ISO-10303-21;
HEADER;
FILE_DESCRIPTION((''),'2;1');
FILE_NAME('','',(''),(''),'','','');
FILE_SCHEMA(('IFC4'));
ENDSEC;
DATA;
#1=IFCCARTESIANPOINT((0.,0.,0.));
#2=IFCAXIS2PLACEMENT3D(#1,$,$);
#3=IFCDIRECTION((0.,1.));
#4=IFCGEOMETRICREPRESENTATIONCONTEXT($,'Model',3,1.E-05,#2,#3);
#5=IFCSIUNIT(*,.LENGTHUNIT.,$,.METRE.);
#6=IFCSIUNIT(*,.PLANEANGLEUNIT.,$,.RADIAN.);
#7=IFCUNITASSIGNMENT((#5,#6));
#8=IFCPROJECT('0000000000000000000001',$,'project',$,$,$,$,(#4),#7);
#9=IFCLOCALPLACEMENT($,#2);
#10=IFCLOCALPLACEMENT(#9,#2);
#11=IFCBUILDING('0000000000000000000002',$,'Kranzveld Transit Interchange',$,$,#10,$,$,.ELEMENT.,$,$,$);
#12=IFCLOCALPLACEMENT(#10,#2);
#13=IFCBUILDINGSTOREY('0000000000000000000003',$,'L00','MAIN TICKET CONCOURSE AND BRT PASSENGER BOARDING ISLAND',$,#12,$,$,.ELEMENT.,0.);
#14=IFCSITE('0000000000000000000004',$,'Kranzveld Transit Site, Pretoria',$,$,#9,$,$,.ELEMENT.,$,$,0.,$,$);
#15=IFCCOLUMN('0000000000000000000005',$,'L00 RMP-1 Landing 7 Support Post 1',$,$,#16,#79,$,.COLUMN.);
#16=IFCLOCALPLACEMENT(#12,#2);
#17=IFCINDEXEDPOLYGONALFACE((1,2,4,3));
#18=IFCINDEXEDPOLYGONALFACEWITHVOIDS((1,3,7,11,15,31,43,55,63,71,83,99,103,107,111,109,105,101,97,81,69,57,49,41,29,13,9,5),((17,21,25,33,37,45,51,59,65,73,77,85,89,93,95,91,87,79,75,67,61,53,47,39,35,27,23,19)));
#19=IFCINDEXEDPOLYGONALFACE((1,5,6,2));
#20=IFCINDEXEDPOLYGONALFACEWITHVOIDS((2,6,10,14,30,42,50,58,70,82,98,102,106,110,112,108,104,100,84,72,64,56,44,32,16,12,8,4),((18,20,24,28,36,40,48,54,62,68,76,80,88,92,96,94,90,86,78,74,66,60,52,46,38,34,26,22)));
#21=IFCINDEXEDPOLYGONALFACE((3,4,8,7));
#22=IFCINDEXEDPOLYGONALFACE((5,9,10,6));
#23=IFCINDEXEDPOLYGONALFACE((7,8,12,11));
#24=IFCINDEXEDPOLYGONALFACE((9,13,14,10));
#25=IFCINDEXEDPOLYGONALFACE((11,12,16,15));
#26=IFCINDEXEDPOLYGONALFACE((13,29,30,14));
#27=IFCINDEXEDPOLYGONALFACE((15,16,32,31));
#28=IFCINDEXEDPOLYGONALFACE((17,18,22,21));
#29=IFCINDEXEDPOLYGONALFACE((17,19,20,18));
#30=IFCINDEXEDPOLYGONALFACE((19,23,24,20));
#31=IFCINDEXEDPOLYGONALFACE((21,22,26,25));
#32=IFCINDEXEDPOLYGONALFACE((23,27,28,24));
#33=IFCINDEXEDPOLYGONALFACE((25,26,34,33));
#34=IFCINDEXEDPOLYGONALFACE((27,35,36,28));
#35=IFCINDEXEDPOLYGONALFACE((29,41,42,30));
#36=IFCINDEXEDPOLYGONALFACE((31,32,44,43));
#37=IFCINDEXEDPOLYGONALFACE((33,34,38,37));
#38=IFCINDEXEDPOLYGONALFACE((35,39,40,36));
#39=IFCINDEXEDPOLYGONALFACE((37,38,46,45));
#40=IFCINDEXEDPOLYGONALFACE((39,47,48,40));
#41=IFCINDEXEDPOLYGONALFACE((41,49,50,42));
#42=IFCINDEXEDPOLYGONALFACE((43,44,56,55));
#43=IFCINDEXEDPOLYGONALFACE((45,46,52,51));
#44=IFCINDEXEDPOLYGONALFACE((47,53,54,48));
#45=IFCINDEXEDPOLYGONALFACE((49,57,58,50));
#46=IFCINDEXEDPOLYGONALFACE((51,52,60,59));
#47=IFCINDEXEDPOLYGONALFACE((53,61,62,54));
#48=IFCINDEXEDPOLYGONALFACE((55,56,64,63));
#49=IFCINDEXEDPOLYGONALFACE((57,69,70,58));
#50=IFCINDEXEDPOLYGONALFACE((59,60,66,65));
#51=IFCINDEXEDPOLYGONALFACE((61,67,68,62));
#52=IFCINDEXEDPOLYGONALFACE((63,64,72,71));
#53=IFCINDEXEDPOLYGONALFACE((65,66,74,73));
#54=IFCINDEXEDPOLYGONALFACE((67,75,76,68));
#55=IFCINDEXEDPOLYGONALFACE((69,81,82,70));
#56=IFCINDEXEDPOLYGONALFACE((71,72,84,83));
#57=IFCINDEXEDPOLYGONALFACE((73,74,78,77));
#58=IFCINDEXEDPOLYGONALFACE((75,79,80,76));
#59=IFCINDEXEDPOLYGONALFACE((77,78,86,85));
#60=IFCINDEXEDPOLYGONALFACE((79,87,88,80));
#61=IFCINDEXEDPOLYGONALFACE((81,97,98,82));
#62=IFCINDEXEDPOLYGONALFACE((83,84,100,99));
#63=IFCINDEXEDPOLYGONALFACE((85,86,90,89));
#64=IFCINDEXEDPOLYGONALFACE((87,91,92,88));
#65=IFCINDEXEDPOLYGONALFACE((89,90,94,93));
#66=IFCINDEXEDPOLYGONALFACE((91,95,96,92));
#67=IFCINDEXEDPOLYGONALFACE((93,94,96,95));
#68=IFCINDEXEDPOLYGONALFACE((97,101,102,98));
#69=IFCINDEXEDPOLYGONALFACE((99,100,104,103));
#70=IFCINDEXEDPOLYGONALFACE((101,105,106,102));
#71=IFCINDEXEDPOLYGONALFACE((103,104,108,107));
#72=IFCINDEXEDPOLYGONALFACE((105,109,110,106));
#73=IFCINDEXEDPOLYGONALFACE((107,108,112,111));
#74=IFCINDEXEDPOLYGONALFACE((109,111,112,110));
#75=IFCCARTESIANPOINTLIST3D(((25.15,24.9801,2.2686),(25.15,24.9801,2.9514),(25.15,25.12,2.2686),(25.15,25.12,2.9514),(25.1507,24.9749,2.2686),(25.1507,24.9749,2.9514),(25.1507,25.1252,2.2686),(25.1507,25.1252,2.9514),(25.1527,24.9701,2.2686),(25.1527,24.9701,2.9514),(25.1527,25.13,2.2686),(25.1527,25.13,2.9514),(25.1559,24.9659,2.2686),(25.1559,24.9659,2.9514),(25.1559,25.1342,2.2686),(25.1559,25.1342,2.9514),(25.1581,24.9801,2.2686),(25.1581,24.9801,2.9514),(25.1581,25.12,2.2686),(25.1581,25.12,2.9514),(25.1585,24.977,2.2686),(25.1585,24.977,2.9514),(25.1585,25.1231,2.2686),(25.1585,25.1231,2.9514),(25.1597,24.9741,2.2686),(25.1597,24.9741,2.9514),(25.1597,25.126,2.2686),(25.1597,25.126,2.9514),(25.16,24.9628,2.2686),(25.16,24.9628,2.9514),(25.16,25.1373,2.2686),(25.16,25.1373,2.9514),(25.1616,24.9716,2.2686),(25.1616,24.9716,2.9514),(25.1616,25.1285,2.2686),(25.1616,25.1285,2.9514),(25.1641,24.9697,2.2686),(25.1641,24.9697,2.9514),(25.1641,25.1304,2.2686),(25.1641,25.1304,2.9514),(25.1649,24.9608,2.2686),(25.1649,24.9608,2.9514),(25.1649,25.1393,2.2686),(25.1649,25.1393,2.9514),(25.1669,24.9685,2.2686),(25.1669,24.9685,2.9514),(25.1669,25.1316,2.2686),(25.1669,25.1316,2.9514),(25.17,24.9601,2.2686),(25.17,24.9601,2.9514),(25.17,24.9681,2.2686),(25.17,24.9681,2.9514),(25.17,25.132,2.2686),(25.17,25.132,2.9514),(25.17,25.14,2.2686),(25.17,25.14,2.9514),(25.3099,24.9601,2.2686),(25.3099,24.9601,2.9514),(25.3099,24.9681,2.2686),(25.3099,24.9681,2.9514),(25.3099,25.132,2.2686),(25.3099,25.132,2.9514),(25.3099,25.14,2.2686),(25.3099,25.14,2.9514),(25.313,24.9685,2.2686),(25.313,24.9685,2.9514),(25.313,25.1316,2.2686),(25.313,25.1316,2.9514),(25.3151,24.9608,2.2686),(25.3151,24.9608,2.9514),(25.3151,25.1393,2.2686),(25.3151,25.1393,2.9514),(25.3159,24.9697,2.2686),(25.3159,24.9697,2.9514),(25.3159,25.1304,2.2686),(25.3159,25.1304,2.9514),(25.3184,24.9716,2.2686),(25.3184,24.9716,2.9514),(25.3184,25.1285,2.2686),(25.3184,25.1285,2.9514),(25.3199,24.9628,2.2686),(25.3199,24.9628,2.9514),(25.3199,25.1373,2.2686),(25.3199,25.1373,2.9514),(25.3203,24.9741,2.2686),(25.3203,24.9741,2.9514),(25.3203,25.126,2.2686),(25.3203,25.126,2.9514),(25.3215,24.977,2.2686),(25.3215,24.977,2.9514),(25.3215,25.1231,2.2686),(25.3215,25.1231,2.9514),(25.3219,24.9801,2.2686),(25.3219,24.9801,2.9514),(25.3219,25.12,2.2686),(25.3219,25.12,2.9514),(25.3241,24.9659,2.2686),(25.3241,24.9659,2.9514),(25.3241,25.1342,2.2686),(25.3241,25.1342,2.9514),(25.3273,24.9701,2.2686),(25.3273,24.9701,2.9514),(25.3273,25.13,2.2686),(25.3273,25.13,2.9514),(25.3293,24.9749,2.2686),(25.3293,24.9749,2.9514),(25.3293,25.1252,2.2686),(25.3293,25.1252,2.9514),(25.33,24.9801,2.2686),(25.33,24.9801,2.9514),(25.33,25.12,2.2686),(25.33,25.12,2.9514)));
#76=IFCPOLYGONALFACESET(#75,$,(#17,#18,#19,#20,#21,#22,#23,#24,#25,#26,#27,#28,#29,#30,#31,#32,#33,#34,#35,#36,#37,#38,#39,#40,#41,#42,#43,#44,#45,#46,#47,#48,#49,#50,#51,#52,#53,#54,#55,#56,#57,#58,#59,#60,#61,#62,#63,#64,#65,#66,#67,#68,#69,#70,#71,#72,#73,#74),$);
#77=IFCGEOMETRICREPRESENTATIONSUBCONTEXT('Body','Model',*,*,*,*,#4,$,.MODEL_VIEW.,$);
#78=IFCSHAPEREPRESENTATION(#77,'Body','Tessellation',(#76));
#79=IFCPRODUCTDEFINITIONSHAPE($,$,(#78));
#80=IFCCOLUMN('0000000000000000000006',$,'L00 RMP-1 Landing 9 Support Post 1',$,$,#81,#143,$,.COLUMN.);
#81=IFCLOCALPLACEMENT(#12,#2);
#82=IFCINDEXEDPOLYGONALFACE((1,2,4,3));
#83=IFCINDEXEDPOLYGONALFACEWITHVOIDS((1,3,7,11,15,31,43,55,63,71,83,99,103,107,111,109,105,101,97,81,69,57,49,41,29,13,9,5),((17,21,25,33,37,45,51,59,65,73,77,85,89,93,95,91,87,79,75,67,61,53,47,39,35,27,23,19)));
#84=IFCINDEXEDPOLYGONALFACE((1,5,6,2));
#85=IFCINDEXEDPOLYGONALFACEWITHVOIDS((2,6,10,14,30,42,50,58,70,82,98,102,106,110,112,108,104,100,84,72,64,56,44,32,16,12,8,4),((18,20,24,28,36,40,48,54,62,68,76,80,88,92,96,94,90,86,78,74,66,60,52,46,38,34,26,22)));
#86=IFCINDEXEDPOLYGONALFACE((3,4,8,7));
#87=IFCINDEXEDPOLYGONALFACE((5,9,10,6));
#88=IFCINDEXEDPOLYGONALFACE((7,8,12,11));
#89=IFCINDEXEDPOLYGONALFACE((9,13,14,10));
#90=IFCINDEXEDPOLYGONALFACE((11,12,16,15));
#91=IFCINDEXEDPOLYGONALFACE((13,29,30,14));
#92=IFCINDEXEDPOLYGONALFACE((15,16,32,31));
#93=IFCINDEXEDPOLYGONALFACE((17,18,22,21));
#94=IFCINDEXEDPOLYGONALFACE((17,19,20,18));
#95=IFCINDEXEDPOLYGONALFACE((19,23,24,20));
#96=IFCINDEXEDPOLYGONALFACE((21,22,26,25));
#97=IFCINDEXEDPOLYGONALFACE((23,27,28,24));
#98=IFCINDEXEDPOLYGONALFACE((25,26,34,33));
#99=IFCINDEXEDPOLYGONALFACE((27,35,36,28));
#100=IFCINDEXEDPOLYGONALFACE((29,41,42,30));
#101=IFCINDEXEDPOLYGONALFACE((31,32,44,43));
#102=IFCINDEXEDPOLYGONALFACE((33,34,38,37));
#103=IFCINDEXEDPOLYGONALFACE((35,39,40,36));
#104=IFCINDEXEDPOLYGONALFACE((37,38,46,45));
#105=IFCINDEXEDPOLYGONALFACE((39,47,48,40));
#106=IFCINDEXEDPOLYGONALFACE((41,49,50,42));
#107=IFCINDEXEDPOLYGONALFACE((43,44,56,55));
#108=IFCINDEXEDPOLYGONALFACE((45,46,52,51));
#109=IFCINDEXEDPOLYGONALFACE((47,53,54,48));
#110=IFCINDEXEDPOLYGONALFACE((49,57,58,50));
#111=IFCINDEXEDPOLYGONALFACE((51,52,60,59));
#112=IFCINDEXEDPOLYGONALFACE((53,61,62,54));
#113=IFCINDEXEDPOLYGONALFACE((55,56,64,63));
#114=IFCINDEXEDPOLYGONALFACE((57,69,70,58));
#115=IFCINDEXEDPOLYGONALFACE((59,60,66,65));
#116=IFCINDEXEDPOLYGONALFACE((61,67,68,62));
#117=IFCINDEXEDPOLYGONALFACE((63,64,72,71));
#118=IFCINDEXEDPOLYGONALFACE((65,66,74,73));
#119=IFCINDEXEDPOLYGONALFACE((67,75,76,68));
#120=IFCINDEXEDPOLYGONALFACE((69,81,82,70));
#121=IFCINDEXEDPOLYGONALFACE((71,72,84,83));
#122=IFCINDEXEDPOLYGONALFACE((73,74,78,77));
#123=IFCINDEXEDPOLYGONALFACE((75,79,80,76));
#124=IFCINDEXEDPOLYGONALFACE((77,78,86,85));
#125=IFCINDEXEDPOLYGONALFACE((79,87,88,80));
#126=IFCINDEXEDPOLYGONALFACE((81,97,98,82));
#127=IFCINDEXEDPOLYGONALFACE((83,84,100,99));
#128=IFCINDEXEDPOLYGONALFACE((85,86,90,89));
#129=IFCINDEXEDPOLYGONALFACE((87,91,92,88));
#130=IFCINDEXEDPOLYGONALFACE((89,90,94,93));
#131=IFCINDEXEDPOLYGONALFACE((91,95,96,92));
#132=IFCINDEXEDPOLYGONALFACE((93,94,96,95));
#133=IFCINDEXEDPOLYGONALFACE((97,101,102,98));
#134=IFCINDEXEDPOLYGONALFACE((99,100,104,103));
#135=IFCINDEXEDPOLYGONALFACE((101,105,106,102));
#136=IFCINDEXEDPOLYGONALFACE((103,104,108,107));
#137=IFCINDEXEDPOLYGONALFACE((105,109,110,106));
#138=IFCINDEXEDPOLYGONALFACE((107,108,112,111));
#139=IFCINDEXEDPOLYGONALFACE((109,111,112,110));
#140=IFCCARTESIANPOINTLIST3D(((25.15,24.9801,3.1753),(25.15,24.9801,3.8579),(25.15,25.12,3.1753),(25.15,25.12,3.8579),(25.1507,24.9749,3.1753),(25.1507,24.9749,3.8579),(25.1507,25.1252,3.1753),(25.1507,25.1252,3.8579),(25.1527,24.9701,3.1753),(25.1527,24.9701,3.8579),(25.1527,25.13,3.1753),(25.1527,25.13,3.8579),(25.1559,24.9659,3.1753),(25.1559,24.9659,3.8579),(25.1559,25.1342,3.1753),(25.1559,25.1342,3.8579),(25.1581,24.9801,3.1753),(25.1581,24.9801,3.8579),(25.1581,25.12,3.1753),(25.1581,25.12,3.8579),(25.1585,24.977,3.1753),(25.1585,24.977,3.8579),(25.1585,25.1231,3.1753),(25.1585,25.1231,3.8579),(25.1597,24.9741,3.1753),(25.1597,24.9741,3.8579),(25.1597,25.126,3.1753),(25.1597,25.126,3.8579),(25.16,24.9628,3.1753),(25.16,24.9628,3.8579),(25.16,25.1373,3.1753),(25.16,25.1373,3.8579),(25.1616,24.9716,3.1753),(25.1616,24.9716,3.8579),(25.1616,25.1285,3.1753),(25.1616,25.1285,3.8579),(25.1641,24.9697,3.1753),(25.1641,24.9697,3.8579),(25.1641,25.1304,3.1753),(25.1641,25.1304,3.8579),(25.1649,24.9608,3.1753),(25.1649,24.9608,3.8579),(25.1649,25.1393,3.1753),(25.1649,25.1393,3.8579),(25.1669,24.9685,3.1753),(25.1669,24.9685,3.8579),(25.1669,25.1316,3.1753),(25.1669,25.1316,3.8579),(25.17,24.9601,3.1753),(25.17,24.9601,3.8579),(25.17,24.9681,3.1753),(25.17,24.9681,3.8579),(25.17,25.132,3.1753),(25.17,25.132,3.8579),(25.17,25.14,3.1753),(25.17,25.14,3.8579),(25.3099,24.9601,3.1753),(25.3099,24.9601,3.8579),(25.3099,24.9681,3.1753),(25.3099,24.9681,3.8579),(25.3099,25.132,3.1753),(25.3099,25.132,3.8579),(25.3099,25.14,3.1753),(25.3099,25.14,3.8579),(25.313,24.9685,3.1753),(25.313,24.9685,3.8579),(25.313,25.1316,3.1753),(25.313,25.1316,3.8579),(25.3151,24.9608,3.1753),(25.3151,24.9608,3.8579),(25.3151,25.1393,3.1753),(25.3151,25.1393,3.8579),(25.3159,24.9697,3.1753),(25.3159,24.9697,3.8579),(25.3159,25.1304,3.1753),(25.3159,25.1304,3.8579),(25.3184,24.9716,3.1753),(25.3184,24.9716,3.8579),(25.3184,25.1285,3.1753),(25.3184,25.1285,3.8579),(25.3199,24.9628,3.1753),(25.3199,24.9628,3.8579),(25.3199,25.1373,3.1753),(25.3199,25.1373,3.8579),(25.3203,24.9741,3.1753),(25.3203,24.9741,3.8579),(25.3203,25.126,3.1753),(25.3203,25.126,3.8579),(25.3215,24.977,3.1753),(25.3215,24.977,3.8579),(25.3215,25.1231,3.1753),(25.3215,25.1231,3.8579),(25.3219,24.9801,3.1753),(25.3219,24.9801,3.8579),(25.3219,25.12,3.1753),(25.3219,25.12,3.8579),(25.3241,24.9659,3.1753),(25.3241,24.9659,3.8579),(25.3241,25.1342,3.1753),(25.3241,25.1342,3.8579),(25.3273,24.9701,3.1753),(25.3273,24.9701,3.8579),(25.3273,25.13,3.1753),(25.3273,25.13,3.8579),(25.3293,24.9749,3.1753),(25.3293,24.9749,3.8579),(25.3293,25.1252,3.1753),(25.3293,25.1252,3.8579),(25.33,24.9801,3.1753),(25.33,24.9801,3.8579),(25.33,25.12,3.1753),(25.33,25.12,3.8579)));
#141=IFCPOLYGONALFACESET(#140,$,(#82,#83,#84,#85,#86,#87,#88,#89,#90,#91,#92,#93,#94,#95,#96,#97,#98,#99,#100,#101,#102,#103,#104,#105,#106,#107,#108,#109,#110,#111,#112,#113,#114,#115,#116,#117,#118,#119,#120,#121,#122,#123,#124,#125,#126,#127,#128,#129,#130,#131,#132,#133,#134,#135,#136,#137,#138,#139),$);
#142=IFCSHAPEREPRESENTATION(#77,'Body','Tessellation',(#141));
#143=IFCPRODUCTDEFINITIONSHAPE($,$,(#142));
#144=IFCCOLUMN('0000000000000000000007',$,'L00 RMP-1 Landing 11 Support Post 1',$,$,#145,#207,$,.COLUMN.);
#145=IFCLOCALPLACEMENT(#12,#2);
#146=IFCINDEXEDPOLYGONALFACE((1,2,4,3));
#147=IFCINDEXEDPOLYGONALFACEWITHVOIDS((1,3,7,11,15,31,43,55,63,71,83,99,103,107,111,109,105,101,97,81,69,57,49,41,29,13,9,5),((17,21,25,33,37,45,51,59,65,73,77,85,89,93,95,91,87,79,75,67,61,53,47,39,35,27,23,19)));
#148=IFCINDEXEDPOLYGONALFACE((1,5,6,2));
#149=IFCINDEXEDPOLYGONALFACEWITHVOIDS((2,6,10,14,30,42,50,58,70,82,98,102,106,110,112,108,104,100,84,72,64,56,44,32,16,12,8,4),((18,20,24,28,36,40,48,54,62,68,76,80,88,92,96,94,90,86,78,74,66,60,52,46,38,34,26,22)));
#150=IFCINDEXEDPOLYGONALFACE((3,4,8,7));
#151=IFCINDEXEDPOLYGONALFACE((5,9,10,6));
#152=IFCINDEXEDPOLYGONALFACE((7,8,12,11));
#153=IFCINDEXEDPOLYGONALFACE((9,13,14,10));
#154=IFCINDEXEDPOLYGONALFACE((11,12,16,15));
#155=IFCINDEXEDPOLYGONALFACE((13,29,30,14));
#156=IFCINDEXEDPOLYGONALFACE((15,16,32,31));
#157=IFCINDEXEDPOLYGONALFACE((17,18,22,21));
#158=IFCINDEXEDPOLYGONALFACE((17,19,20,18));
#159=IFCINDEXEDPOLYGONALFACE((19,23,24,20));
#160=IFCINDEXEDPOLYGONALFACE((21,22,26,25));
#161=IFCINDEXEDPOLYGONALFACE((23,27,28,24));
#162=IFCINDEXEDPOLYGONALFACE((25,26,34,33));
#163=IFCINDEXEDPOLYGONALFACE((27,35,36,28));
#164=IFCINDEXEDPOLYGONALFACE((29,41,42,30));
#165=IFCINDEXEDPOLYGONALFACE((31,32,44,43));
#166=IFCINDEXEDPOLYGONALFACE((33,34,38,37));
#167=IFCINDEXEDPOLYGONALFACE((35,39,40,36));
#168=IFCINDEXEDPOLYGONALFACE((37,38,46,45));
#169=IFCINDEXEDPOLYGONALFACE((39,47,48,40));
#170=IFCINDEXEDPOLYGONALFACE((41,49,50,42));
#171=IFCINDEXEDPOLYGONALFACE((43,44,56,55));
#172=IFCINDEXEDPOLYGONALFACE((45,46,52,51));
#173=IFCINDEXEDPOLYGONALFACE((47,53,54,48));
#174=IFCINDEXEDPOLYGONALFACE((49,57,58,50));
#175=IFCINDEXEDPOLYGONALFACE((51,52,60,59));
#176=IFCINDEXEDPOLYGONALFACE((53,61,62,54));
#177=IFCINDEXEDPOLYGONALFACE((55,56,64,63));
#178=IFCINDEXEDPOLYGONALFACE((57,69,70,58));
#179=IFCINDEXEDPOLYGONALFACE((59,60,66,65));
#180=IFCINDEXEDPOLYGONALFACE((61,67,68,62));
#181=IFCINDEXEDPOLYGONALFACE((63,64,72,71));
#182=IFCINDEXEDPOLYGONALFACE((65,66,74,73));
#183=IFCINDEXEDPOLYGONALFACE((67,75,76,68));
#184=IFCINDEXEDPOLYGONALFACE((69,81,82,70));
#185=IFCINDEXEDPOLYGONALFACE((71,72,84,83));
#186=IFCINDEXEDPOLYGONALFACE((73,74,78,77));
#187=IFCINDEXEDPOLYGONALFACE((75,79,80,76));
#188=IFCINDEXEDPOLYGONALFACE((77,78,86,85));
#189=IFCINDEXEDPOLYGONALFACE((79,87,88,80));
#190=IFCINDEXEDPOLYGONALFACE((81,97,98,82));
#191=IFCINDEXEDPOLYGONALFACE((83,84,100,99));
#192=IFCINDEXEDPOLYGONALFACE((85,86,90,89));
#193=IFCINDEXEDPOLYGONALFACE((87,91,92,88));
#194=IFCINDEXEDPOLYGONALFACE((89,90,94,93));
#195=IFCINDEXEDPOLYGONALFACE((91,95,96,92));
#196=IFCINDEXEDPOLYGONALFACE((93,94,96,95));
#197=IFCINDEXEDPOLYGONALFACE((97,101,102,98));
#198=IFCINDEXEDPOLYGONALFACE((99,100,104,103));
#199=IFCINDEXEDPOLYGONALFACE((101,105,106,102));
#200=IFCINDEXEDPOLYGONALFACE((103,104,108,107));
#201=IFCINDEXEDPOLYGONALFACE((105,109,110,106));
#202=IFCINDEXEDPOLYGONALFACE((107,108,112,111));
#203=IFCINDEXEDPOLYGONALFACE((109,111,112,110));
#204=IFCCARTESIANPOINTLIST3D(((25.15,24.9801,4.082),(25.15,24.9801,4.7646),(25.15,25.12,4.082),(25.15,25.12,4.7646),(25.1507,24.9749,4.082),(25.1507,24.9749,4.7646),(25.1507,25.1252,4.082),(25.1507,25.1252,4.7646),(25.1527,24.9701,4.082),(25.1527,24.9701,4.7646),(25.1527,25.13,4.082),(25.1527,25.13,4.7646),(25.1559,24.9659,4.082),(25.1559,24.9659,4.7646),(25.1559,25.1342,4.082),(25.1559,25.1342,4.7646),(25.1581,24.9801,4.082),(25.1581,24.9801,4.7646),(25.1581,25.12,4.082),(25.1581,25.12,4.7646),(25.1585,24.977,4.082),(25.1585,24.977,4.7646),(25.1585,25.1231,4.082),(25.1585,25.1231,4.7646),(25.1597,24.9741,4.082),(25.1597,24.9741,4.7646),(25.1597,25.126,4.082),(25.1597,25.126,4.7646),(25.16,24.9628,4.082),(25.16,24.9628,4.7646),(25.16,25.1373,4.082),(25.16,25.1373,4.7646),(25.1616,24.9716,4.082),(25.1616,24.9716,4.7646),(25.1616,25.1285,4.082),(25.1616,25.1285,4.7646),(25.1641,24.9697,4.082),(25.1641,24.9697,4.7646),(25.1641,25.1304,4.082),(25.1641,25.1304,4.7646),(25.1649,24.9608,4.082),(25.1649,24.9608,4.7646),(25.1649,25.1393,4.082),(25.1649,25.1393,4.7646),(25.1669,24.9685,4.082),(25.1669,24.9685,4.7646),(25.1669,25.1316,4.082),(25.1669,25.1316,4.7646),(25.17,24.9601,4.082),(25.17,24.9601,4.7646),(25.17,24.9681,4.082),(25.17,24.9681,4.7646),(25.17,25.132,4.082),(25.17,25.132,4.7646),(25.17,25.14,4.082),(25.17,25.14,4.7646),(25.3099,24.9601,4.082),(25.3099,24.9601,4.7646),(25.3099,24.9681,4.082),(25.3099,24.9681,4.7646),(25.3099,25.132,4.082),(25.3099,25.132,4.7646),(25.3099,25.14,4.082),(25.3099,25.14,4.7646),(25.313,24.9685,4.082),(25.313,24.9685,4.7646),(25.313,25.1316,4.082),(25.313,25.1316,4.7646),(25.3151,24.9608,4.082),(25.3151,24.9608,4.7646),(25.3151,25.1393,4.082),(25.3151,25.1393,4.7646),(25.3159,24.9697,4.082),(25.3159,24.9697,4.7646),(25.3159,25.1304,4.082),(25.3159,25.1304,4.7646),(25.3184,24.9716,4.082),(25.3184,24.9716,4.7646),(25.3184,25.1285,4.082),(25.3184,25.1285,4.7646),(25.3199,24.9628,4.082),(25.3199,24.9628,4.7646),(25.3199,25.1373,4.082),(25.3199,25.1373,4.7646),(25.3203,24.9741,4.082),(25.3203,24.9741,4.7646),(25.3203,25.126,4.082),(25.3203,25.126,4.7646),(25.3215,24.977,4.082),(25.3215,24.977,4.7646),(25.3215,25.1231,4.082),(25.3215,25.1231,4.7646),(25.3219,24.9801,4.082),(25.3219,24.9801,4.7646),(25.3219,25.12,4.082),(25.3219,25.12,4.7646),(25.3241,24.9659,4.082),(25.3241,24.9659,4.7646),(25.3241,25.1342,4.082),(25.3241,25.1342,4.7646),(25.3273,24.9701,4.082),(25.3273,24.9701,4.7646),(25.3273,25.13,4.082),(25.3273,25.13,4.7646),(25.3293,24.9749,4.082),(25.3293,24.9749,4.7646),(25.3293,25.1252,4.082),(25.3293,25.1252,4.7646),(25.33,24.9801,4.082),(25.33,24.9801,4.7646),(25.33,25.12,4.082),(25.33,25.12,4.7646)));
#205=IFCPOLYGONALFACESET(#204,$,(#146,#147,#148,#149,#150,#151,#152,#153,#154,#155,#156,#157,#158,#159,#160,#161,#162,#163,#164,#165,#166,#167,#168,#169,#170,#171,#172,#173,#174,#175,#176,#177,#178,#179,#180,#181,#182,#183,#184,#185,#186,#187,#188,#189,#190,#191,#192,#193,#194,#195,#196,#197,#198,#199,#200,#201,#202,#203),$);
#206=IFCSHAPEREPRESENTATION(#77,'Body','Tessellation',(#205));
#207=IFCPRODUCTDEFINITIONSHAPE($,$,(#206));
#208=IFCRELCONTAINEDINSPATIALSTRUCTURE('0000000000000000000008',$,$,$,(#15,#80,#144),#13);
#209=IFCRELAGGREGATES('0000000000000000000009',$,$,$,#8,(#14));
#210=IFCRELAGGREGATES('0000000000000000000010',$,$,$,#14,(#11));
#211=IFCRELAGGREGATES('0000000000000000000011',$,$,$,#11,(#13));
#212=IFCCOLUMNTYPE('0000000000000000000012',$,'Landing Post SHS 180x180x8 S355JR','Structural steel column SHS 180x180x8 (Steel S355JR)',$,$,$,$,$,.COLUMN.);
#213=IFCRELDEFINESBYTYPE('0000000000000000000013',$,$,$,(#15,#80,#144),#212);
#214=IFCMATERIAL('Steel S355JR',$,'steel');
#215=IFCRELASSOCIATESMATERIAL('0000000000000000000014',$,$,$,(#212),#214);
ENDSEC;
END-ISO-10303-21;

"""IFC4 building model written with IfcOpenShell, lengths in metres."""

from ifc_helpers import new_model, si_unit, direction, frame, origin, origin_2d, place, context, subcontext, project, spatial, hollow_rectangle, extrude, material, material_profile, profile_set, type_object, element, save


model = new_model("IFC4")

# Units and contexts
model_context = context("Model", 3, precision=1e-05, world=origin(), true_north=direction((0.0, 1.0)))
body_context = subcontext(model_context, "Body", "Model", "MODEL_VIEW")
ifc_project = project(units=[si_unit("LENGTHUNIT", "METRE"), si_unit("PLANEANGLEUNIT", "RADIAN")], contexts=[model_context])

# Site, building, storey
site_placement = place(None, origin())
site = spatial("IfcSite", under=ifc_project, at=site_placement, Name="Kranzveld Transit Site, Pretoria", CompositionType="ELEMENT", RefElevation=0.0)
building_placement = place(site_placement, origin())
building = spatial("IfcBuilding", under=site, at=building_placement, Name="Kranzveld Transit Interchange", CompositionType="ELEMENT")
storey_placement = place(building_placement, origin())
storey = spatial("IfcBuildingStorey", under=building, at=storey_placement, Name="L00", Description="MAIN TICKET CONCOURSE AND BRT PASSENGER BOARDING ISLAND", CompositionType="ELEMENT", Elevation=0.0)

# Columns
ifc_material_1 = material(Name="Steel S355JR", Category="steel")
ifc_material_profile = material_profile(ifc_material_1, hollow_rectangle(XDim=0.1799, YDim=0.1799, WallThickness=0.0081, InnerFilletRadius=0.012, OuterFilletRadius=0.02, at=origin_2d()), Name="SHS 180x180x8")
ifc_profile_set = profile_set([ifc_material_profile], Name="Steel S355JR")
column_type = type_object("IfcColumnType", Name="Landing Post SHS 180x180x8 S355JR", Description="Structural steel column SHS 180x180x8 (Steel S355JR)", PredefinedType="COLUMN", material=ifc_profile_set)
column_1_placement = place(storey_placement, frame((25.24, 25.05, 2.2686), z_axis=(0.0, 0.0, 1.0), x_axis=(1.0, 0.0, 0.0)))
element("IfcColumn", 1, at=column_1_placement, inside=storey, type_object=column_type, Name="L00 RMP-1 Landing 7 Support Post 1", PredefinedType="COLUMN", context=body_context, shape_type="SweptSolid", body=[
    extrude(hollow_rectangle(XDim=0.1799, YDim=0.1799, WallThickness=0.0081, InnerFilletRadius=0.012, OuterFilletRadius=0.02, at=origin_2d()), origin(), (0.0, 0.0, 1.0), 0.6829),
])
for number, where, z_axis, x_axis, name in (
    (2, (25.24, 25.05, 3.1753), (0.0, 0.0, 1.0), (1.0, 0.0, 0.0), "L00 RMP-1 Landing 9 Support Post 1"),
    (3, (25.24, 25.05, 4.082), (0.0, 0.0, 1.0), (1.0, 0.0, 0.0), "L00 RMP-1 Landing 11 Support Post 1"),
):
    element("IfcColumn", number, at=place(storey_placement, frame(where, z_axis=z_axis, x_axis=x_axis)), inside=storey, type_object=column_type, Name=name, PredefinedType="COLUMN", context=body_context, shape_type="SweptSolid", body=[
        extrude(hollow_rectangle(XDim=0.1799, YDim=0.1799, WallThickness=0.0081, InnerFilletRadius=0.012, OuterFilletRadius=0.02, at=origin_2d()), origin(), (0.0, 0.0, 1.0), 0.6826),
    ])

save(model, "model.ifc")
